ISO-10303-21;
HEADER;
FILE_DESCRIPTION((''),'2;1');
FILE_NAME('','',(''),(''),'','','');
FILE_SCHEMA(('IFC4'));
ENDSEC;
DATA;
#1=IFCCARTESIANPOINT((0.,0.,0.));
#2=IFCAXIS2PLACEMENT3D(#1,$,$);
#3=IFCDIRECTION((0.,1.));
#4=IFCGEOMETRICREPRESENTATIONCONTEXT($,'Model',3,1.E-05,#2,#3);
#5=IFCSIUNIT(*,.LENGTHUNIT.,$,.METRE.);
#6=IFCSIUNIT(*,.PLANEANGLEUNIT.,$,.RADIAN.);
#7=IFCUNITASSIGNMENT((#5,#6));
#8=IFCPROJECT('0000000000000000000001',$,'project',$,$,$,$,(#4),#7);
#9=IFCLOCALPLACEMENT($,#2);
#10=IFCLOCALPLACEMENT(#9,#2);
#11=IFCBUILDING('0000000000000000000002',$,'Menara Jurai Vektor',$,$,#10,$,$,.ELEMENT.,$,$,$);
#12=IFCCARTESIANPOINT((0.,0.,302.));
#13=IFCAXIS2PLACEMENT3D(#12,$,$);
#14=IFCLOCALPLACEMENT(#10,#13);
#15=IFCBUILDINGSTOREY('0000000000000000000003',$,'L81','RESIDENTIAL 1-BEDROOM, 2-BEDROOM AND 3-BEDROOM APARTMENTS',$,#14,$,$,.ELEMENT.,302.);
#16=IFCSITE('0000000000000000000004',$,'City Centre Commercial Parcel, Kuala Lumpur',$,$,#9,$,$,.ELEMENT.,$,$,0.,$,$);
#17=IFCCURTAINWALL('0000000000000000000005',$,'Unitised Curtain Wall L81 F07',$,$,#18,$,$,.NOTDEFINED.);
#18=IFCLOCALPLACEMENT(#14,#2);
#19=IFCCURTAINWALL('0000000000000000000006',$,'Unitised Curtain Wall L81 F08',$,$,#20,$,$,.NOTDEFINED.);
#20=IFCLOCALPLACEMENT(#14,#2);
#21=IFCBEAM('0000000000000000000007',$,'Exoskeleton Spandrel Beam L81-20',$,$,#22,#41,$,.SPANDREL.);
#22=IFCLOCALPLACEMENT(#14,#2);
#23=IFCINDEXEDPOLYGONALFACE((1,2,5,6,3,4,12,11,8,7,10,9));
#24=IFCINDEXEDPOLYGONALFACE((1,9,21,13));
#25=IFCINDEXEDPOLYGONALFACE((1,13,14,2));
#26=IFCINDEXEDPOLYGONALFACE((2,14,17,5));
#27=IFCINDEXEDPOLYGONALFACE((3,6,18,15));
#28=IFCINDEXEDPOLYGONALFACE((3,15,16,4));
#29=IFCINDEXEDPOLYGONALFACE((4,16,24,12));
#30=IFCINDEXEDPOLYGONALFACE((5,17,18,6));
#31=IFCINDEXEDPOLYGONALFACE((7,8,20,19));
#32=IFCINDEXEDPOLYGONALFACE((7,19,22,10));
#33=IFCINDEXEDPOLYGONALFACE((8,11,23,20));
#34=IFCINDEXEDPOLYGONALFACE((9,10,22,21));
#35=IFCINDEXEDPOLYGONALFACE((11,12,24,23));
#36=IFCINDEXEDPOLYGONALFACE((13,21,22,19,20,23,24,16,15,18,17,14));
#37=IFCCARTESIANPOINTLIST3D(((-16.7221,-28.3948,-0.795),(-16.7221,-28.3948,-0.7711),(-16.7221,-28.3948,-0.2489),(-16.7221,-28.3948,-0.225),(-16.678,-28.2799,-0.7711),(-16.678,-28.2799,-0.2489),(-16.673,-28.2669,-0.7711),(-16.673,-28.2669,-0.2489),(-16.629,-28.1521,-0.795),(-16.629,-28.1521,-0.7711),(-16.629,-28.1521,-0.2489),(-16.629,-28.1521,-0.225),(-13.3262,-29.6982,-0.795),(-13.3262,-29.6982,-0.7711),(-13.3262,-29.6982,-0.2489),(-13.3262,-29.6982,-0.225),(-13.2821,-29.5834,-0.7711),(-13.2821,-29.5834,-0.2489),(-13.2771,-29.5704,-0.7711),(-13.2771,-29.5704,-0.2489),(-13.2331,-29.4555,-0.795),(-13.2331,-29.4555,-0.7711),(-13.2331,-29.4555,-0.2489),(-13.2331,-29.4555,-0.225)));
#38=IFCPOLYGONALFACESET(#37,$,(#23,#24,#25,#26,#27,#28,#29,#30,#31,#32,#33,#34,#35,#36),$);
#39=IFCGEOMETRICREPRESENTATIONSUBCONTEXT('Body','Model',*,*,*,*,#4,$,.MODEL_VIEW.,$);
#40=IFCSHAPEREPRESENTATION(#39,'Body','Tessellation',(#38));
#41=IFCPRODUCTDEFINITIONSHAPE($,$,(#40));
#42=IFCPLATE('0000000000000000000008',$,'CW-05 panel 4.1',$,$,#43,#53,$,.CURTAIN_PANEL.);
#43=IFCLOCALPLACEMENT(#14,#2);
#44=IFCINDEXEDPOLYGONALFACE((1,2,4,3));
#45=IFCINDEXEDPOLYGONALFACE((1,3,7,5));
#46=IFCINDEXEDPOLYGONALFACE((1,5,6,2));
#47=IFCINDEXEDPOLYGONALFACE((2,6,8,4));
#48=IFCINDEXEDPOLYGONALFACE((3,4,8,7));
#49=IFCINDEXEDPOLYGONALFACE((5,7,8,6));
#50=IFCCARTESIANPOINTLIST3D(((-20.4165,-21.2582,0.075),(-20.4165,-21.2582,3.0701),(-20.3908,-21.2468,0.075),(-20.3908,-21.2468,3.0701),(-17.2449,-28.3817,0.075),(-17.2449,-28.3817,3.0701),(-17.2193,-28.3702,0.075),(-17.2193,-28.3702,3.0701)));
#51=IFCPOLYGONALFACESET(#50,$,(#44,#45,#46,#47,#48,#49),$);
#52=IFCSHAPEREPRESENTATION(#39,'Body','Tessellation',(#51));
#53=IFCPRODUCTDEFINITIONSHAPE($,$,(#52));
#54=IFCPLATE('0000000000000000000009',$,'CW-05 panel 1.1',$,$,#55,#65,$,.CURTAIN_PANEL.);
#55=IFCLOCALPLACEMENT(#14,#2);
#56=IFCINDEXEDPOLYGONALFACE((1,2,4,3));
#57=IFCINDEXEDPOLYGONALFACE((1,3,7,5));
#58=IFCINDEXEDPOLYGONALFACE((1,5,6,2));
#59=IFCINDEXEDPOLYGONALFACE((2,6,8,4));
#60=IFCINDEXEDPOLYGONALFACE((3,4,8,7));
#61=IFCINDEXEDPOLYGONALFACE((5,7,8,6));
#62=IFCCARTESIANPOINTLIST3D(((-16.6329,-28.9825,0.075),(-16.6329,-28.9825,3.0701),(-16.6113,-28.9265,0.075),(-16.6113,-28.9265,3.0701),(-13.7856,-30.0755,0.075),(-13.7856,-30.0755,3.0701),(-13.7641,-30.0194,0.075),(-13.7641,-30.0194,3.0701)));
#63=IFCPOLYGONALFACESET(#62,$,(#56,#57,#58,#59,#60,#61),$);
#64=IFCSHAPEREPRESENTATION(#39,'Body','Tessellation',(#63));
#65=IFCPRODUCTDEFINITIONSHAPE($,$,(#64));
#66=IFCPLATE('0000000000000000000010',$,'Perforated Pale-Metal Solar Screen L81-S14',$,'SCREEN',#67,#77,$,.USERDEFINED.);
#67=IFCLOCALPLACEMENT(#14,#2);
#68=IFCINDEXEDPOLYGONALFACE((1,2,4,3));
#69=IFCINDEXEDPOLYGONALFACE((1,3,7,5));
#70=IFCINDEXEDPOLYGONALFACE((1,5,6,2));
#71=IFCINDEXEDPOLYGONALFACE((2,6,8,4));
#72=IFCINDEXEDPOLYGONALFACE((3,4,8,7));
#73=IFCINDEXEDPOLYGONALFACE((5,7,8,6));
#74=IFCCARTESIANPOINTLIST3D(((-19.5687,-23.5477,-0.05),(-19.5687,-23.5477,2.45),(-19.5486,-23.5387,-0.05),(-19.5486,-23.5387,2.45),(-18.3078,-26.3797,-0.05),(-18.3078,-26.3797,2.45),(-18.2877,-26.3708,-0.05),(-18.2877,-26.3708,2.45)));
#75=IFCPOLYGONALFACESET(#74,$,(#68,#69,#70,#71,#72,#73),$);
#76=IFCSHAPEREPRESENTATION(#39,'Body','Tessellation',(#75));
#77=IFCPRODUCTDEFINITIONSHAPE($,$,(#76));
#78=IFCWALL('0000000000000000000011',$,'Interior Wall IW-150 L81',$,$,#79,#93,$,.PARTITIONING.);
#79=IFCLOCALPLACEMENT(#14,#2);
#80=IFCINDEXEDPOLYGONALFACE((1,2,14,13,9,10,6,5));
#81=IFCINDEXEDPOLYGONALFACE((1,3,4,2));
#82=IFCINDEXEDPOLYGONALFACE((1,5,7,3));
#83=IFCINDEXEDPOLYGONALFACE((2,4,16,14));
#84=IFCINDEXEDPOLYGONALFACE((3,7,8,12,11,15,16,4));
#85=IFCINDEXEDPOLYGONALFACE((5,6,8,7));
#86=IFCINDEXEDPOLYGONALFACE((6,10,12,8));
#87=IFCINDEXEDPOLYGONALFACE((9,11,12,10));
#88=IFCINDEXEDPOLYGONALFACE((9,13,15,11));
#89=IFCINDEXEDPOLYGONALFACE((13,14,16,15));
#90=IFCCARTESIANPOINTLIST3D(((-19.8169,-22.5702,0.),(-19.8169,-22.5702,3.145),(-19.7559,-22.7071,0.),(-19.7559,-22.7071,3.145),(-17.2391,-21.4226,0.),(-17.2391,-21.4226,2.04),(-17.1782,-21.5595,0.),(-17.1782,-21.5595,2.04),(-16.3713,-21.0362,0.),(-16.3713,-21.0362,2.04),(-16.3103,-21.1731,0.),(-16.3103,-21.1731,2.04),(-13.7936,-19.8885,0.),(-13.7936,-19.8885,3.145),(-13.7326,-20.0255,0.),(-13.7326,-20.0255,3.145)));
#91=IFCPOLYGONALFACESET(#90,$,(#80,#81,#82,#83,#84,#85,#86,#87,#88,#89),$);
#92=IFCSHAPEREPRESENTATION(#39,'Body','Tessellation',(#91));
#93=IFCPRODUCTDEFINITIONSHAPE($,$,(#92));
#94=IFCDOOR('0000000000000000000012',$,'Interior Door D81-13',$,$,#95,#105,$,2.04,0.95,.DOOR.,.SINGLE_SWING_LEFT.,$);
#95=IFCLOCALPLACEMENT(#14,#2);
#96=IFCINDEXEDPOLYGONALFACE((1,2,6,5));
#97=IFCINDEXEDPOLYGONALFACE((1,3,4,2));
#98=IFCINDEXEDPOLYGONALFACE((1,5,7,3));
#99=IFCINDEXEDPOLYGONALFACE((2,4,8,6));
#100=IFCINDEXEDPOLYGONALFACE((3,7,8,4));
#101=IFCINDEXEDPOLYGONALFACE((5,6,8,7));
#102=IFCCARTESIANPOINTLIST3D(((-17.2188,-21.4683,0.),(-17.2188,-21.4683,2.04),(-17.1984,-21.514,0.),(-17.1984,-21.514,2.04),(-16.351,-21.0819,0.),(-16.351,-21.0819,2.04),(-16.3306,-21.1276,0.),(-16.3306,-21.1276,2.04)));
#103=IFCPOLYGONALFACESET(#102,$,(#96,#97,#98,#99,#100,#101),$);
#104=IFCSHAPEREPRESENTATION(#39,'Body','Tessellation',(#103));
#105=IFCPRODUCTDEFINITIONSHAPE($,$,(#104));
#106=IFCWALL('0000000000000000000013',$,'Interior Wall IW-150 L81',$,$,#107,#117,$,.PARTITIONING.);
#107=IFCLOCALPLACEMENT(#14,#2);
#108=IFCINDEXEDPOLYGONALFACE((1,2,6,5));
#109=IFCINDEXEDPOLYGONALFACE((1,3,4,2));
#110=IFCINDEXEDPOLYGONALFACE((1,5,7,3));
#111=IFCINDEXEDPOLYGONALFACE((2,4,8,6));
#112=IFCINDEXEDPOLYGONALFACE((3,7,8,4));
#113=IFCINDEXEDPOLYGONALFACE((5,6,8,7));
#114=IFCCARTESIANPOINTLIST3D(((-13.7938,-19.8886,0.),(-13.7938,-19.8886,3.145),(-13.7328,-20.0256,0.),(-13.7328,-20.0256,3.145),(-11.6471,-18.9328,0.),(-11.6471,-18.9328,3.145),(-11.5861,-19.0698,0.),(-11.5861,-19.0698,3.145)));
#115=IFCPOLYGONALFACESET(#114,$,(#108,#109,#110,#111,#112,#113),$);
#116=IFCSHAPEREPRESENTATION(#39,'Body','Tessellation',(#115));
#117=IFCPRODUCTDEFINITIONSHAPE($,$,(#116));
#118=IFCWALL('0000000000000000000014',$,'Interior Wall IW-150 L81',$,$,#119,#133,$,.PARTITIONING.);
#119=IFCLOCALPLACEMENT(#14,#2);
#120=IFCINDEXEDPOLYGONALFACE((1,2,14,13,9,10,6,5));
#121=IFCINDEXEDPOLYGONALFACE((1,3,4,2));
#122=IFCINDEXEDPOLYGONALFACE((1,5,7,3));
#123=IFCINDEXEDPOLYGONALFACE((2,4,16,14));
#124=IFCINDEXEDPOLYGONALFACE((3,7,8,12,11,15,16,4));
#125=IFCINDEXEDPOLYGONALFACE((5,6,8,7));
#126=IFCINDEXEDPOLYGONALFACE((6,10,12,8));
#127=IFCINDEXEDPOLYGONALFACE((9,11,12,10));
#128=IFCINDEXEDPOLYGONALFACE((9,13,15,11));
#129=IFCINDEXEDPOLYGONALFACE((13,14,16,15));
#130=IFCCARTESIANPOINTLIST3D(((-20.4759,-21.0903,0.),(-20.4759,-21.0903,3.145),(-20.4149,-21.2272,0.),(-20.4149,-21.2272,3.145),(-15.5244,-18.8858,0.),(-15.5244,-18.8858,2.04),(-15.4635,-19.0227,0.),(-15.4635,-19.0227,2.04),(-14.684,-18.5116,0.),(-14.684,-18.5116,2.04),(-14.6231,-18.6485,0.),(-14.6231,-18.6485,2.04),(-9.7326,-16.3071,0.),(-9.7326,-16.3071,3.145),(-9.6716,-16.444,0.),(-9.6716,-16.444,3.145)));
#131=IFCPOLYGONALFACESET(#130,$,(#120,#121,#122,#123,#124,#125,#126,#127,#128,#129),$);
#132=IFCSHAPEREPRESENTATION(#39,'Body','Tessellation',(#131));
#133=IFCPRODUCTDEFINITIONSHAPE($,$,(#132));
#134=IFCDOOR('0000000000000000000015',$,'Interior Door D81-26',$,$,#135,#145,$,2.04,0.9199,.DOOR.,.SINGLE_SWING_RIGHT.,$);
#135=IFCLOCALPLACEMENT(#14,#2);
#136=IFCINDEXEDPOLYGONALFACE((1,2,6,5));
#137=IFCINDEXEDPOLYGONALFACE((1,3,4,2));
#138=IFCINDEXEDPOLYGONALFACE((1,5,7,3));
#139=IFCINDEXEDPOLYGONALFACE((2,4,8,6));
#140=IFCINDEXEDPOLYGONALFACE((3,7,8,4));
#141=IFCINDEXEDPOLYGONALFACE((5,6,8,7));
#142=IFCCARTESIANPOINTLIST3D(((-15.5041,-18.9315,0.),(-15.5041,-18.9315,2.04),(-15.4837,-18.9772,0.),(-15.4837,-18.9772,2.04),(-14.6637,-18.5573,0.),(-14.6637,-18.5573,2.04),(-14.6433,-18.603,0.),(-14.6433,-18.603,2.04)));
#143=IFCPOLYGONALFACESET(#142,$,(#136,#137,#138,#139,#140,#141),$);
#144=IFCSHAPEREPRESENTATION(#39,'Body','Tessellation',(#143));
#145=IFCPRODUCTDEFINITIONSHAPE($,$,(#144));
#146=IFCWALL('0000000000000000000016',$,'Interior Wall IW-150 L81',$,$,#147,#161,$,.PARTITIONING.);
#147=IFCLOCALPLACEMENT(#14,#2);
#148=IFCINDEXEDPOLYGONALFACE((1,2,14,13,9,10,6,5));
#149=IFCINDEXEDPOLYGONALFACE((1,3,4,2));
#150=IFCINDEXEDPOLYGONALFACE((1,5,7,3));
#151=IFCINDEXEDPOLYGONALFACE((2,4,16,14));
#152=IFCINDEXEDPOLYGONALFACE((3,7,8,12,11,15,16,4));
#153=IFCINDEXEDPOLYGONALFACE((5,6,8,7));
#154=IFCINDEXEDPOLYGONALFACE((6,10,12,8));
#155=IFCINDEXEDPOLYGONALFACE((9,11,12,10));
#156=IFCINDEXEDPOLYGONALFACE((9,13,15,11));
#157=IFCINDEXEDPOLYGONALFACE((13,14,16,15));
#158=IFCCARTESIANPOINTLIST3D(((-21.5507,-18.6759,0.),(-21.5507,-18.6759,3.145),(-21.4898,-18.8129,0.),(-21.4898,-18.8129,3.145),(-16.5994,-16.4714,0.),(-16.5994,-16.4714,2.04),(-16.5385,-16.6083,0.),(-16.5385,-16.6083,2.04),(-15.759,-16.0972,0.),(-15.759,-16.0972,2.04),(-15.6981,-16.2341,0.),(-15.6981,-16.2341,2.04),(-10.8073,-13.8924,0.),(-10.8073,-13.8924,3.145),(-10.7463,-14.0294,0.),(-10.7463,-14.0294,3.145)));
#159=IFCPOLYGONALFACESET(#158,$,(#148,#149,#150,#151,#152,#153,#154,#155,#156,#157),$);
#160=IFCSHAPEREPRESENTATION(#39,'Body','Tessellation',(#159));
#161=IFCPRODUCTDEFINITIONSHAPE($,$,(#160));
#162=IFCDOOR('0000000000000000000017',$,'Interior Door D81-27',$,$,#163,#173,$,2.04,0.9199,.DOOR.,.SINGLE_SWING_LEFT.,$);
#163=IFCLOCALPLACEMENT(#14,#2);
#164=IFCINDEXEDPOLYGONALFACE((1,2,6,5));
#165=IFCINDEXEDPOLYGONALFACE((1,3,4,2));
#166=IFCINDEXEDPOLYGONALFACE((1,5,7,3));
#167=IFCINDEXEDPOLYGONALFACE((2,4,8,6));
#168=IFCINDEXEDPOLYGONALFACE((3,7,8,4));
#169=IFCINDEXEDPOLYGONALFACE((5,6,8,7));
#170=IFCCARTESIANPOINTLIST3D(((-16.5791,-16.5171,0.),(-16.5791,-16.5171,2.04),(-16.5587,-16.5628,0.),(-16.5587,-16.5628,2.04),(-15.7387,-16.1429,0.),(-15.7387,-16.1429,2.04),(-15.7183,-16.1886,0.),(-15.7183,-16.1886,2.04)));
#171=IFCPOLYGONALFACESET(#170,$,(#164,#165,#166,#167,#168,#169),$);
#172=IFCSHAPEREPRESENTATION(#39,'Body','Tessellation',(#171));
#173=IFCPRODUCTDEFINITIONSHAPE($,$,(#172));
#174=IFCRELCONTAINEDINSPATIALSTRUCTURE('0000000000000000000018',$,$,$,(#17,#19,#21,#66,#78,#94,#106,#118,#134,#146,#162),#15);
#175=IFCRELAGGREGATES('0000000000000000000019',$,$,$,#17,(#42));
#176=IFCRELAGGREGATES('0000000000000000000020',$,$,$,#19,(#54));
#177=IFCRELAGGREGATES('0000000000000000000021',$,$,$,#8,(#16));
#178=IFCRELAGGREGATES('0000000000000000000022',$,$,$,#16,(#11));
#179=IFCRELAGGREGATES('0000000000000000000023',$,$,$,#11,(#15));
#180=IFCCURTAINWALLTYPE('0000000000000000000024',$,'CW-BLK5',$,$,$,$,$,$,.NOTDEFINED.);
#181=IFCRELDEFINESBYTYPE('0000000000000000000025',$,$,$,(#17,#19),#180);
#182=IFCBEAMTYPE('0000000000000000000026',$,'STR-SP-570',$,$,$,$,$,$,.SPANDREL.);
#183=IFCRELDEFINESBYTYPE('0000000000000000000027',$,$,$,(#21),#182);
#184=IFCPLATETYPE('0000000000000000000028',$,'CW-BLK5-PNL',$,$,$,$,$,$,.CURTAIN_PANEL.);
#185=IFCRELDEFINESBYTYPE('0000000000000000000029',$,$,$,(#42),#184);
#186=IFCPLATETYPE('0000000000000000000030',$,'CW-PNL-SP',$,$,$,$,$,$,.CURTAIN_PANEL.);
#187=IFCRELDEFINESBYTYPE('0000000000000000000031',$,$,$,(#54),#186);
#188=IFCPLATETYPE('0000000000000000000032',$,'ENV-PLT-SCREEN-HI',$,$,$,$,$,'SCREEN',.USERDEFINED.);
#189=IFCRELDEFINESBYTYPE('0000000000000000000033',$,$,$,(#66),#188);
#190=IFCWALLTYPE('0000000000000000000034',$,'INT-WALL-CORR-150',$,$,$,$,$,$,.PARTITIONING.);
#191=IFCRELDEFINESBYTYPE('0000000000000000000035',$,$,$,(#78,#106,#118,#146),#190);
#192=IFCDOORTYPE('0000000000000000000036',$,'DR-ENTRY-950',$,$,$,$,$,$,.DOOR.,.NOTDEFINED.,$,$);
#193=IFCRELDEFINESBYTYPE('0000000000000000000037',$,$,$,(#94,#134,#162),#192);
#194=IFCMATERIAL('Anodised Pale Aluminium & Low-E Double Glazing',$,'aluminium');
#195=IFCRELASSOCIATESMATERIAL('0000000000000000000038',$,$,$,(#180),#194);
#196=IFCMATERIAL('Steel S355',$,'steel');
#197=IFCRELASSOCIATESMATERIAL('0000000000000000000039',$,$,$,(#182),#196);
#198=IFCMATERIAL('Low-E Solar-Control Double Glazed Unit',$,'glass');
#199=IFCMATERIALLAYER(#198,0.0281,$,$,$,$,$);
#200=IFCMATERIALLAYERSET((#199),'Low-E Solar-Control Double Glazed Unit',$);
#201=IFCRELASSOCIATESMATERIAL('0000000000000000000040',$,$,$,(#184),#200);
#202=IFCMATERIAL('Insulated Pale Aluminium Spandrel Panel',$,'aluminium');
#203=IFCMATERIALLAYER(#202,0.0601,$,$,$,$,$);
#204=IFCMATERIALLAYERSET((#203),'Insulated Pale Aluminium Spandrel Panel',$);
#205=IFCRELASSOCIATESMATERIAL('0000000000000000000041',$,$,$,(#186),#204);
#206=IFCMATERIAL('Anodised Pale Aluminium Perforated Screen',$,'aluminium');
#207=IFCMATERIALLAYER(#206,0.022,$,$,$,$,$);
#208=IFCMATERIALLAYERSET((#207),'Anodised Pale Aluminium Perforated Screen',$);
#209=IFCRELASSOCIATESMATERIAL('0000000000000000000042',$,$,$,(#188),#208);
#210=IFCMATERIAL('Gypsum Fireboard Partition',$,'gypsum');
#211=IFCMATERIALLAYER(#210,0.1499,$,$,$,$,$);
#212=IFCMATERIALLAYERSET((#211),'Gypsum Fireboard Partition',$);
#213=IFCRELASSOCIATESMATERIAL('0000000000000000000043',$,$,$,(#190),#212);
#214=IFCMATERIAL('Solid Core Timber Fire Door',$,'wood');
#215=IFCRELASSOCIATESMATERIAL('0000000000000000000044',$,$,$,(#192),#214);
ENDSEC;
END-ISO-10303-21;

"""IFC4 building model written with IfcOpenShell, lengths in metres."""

from ifc_helpers import new_model, si_unit, direction, frame, frame_2d, origin, origin_2d, place, context, subcontext, project, spatial, rectangle, i_section, extrude, material, layer, layer_set, material_profile, profile_set, type_object, element, fill, aggregate, save


model = new_model("IFC4")

# Units and contexts
model_context = context("Model", 3, precision=1e-05, world=origin(), true_north=direction((0.0, 1.0)))
body_context = subcontext(model_context, "Body", "Model", "MODEL_VIEW")
ifc_project = project(units=[si_unit("LENGTHUNIT", "METRE"), si_unit("PLANEANGLEUNIT", "RADIAN")], contexts=[model_context])

# Site, building, storey
site_placement = place(None, origin())
site = spatial("IfcSite", under=ifc_project, at=site_placement, Name="City Centre Commercial Parcel, Kuala Lumpur", CompositionType="ELEMENT", RefElevation=0.0)
building_placement = place(site_placement, origin())
building = spatial("IfcBuilding", under=site, at=building_placement, Name="Menara Jurai Vektor", CompositionType="ELEMENT")
storey_placement = place(building_placement, frame((0.0, 0.0, 302.0)))
storey = spatial("IfcBuildingStorey", under=building, at=storey_placement, Name="L81", Description="RESIDENTIAL 1-BEDROOM, 2-BEDROOM AND 3-BEDROOM APARTMENTS", CompositionType="ELEMENT", Elevation=302.0)

# Curtain walls
ifc_material_1 = material(Name="Anodised Pale Aluminium & Low-E Double Glazing", Category="aluminium")
curtain_wall_type = type_object("IfcCurtainWallType", Name="CW-BLK5", PredefinedType="NOTDEFINED", material=ifc_material_1)
curtain_wall_1_placement = place(storey_placement, origin())
curtain_wall_1 = element("IfcCurtainWall", 1, at=curtain_wall_1_placement, inside=storey, type_object=curtain_wall_type, Name="Unitised Curtain Wall L81 F07", PredefinedType="NOTDEFINED")
curtain_wall_2_placement = place(storey_placement, origin())
curtain_wall_2 = element("IfcCurtainWall", 2, at=curtain_wall_2_placement, inside=storey, type_object=curtain_wall_type, Name="Unitised Curtain Wall L81 F08", PredefinedType="NOTDEFINED")

# Beam
ifc_material_2 = material(Name="Steel S355", Category="steel")
ifc_material_profile_1 = material_profile(ifc_material_2, i_section(OverallWidth=0.26, OverallDepth=0.5701, WebThickness=0.0139, FlangeThickness=0.0239, at=origin_2d()), Name="PG 570x260x145")
ifc_profile_set_1 = profile_set([ifc_material_profile_1], Name="Steel S355")
beam_type_1 = type_object("IfcBeamType", Name="STR-SP-570", PredefinedType="SPANDREL", material=ifc_profile_set_1)
beam_1_placement = place(storey_placement, frame((-16.6755, -28.2734, -0.51), z_axis=(0.933593, -0.358336, 0.0), x_axis=(0.358336, 0.933593, 0.0)))
element("IfcBeam", 3, at=beam_1_placement, inside=storey, type_object=beam_type_1, Name="Exoskeleton Spandrel Beam L81-20", PredefinedType="SPANDREL", context=body_context, shape_type="SweptSolid", body=[
    extrude(i_section(OverallWidth=0.26, OverallDepth=0.5701, WebThickness=0.0139, FlangeThickness=0.0239, at=origin_2d()), origin(), (0.0, 0.0, 1.0), 3.6375),
])

# Plates
ifc_material_3 = material(Name="Low-E Solar-Control Double Glazed Unit", Category="glass")
ifc_layer_1 = layer(ifc_material_3, 0.0281)
ifc_layer_set_1 = layer_set([ifc_layer_1], Name="Low-E Solar-Control Double Glazed Unit")
plate_type_1 = type_object("IfcPlateType", Name="CW-BLK5-PNL", PredefinedType="CURTAIN_PANEL", material=ifc_layer_set_1)
plate_1_placement = place(storey_placement, frame((-18.8179, -24.8142, 0.075), z_axis=(0.0, 0.0, 1.0), x_axis=(0.406735, -0.913546, 0.0)))
plate_1 = element("IfcPlate", 4, at=plate_1_placement, type_object=plate_type_1, Name="CW-05 panel 4.1", PredefinedType="CURTAIN_PANEL", context=body_context, shape_type="SweptSolid", body=[
    extrude(rectangle(XDim=7.7976, YDim=0.0281, at=origin_2d()), origin(), (0.0, 0.0, 1.0), 2.9951),
])
aggregate(curtain_wall_1, [plate_1])
ifc_material_4 = material(Name="Insulated Pale Aluminium Spandrel Panel", Category="aluminium")
ifc_layer_2 = layer(ifc_material_4, 0.0601)
ifc_layer_set_2 = layer_set([ifc_layer_2], Name="Insulated Pale Aluminium Spandrel Panel")
plate_type_2 = type_object("IfcPlateType", Name="CW-PNL-SP", PredefinedType="CURTAIN_PANEL", material=ifc_layer_set_2)
plate_2_placement = place(storey_placement, frame((-15.1985, -29.501, 0.075), z_axis=(0.0, 0.0, 1.0), x_axis=(0.933578, -0.358374, 0.0)))
plate_2 = element("IfcPlate", 5, at=plate_2_placement, type_object=plate_type_2, Name="CW-05 panel 1.1", PredefinedType="CURTAIN_PANEL", context=body_context, shape_type="SweptSolid", body=[
    extrude(rectangle(XDim=3.0498, YDim=0.0601, at=origin_2d()), origin(), (0.0, 0.0, 1.0), 2.9951),
])
aggregate(curtain_wall_2, [plate_2])
ifc_material_5 = material(Name="Anodised Pale Aluminium Perforated Screen", Category="aluminium")
ifc_layer_3 = layer(ifc_material_5, 0.022)
ifc_layer_set_3 = layer_set([ifc_layer_3], Name="Anodised Pale Aluminium Perforated Screen")
plate_type_3 = type_object("IfcPlateType", Name="ENV-PLT-SCREEN-HI", ElementType="SCREEN", PredefinedType="USERDEFINED", material=ifc_layer_set_3)
plate_3_placement = place(storey_placement, frame((-18.9282, -24.9592, -0.05), z_axis=(0.0, 0.0, 1.0), x_axis=(0.406737, -0.913545, 0.0)))
element("IfcPlate", 6, at=plate_3_placement, inside=storey, type_object=plate_type_3, Name="Perforated Pale-Metal Solar Screen L81-S14", ObjectType="SCREEN", PredefinedType="USERDEFINED", context=body_context, shape_type="SweptSolid", body=[
    extrude(rectangle(XDim=3.1001, YDim=0.022, at=origin_2d()), origin(), (0.0, 0.0, 1.0), 2.5),
])

# Wall, opening, door
ifc_material_6 = material(Name="Gypsum Fireboard Partition", Category="gypsum")
ifc_layer_4 = layer(ifc_material_6, 0.1499)
ifc_layer_set_4 = layer_set([ifc_layer_4], Name="Gypsum Fireboard Partition")
wall_type = type_object("IfcWallType", Name="INT-WALL-CORR-150", PredefinedType="PARTITIONING", material=ifc_layer_set_4)
wall_1_placement = place(storey_placement, frame((-19.7864, -22.6387, 0.0), z_axis=(0.0, 0.0, 1.0), x_axis=(0.913549, 0.406729, 0.0)))
wall_1 = element("IfcWall", 7, at=wall_1_placement, inside=storey, type_object=wall_type, Name="Interior Wall IW-150 L81", PredefinedType="PARTITIONING", context=body_context, shape_type="SweptSolid", body=[
    extrude(rectangle(XDim=6.5933, YDim=0.1499, at=frame_2d((3.2966, 0.0))), origin(), (0.0, 0.0, 1.0), 3.145),
])
opening_1_placement = place(wall_1_placement, frame((2.8215, 0.0, 0.0)))
opening_1 = element("IfcOpeningElement", 8, at=opening_1_placement, cuts=wall_1, PredefinedType="OPENING", context=body_context, shape_type="SweptSolid", body=[
    extrude(rectangle(XDim=0.95, YDim=2.04, at=frame_2d((0.4751, 1.02))), frame((0.0, 0.085, 0.0), z_axis=(0.0, -1.0, 0.0), x_axis=(1.0, 0.0, 0.0)), (0.0, 0.0, 1.0), 0.1699),
])
ifc_material_7 = material(Name="Solid Core Timber Fire Door", Category="wood")
door_type = type_object("IfcDoorType", Name="DR-ENTRY-950", OperationType="NOTDEFINED", PredefinedType="DOOR", material=ifc_material_7)
door_1_placement = place(opening_1_placement, origin())
door_1 = element("IfcDoor", 9, at=door_1_placement, inside=storey, type_object=door_type, Name="Interior Door D81-13", OperationType="SINGLE_SWING_LEFT", OverallHeight=2.04, OverallWidth=0.95, PredefinedType="DOOR", context=body_context, shape_type="SweptSolid", body=[
    extrude(rectangle(XDim=0.95, YDim=2.04, at=frame_2d((0.4751, 1.02))), frame((0.0, 0.0249, 0.0), z_axis=(0.0, -1.0, 0.0), x_axis=(1.0, 0.0, 0.0)), (0.0, 0.0, 1.0), 0.05),
])
fill(opening_1, door_1)

# Wall
wall_2_placement = place(storey_placement, frame((-13.7632, -19.957, 0.0), z_axis=(0.0, 0.0, 1.0), x_axis=(0.913541, 0.406746, 0.0)))
element("IfcWall", 10, at=wall_2_placement, inside=storey, type_object=wall_type, Name="Interior Wall IW-150 L81", PredefinedType="PARTITIONING", context=body_context, shape_type="SweptSolid", body=[
    extrude(rectangle(XDim=2.3499, YDim=0.1499, at=frame_2d((1.1748, 0.0))), origin(), (0.0, 0.0, 1.0), 3.145),
])

# Walls, openings, doors
wall_3_placement = place(storey_placement, frame((-20.4453, -21.1587, 0.0), z_axis=(0.0, 0.0, 1.0), x_axis=(0.913548, 0.406732, 0.0)))
wall_3 = element("IfcWall", 11, at=wall_3_placement, inside=storey, type_object=wall_type, Name="Interior Wall IW-150 L81", PredefinedType="PARTITIONING", context=body_context, shape_type="SweptSolid", body=[
    extrude(rectangle(XDim=11.76, YDim=0.1499, at=frame_2d((5.8799, 0.0))), origin(), (0.0, 0.0, 1.0), 3.145),
])
opening_2_placement = place(wall_3_placement, frame((5.4199, 0.0, 0.0)))
opening_2 = element("IfcOpeningElement", 12, at=opening_2_placement, cuts=wall_3, PredefinedType="OPENING", context=body_context, shape_type="SweptSolid", body=[
    extrude(rectangle(XDim=0.9199, YDim=2.04, at=frame_2d((0.46, 1.02))), frame((0.0, 0.085, 0.0), z_axis=(0.0, -1.0, 0.0), x_axis=(1.0, 0.0, 0.0)), (0.0, 0.0, 1.0), 0.1699),
])
door_2_placement = place(opening_2_placement, origin())
door_2 = element("IfcDoor", 13, at=door_2_placement, inside=storey, type_object=door_type, Name="Interior Door D81-26", OperationType="SINGLE_SWING_RIGHT", OverallHeight=2.04, OverallWidth=0.9199, PredefinedType="DOOR", context=body_context, shape_type="SweptSolid", body=[
    extrude(rectangle(XDim=0.9199, YDim=2.04, at=frame_2d((0.46, 1.02))), frame((0.0, 0.0249, 0.0), z_axis=(0.0, -1.0, 0.0), x_axis=(1.0, 0.0, 0.0)), (0.0, 0.0, 1.0), 0.05),
])
fill(opening_2, door_2)
wall_4_placement = place(storey_placement, frame((-21.5203, -18.7444, 0.0), z_axis=(0.0, 0.0, 1.0), x_axis=(0.91354, 0.406749, 0.0)))
wall_4 = element("IfcWall", 14, at=wall_4_placement, inside=storey, type_object=wall_type, Name="Interior Wall IW-150 L81", PredefinedType="PARTITIONING", context=body_context, shape_type="SweptSolid", body=[
    extrude(rectangle(XDim=11.7603, YDim=0.1499, at=frame_2d((5.8801, 0.0))), origin(), (0.0, 0.0, 1.0), 3.145),
])
opening_3_placement = place(wall_4_placement, frame((5.4199, 0.0, 0.0)))
opening_3 = element("IfcOpeningElement", 15, at=opening_3_placement, cuts=wall_4, PredefinedType="OPENING", context=body_context, shape_type="SweptSolid", body=[
    extrude(rectangle(XDim=0.9199, YDim=2.04, at=frame_2d((0.46, 1.02))), frame((0.0, 0.085, 0.0), z_axis=(0.0, -1.0, 0.0), x_axis=(1.0, 0.0, 0.0)), (0.0, 0.0, 1.0), 0.1699),
])
door_3_placement = place(opening_3_placement, origin())
door_3 = element("IfcDoor", 16, at=door_3_placement, inside=storey, type_object=door_type, Name="Interior Door D81-27", OperationType="SINGLE_SWING_LEFT", OverallHeight=2.04, OverallWidth=0.9199, PredefinedType="DOOR", context=body_context, shape_type="SweptSolid", body=[
    extrude(rectangle(XDim=0.9199, YDim=2.04, at=frame_2d((0.46, 1.02))), frame((0.0, 0.0249, 0.0), z_axis=(0.0, -1.0, 0.0), x_axis=(1.0, 0.0, 0.0)), (0.0, 0.0, 1.0), 0.05),
])
fill(opening_3, door_3)

save(model, "model.ifc")
